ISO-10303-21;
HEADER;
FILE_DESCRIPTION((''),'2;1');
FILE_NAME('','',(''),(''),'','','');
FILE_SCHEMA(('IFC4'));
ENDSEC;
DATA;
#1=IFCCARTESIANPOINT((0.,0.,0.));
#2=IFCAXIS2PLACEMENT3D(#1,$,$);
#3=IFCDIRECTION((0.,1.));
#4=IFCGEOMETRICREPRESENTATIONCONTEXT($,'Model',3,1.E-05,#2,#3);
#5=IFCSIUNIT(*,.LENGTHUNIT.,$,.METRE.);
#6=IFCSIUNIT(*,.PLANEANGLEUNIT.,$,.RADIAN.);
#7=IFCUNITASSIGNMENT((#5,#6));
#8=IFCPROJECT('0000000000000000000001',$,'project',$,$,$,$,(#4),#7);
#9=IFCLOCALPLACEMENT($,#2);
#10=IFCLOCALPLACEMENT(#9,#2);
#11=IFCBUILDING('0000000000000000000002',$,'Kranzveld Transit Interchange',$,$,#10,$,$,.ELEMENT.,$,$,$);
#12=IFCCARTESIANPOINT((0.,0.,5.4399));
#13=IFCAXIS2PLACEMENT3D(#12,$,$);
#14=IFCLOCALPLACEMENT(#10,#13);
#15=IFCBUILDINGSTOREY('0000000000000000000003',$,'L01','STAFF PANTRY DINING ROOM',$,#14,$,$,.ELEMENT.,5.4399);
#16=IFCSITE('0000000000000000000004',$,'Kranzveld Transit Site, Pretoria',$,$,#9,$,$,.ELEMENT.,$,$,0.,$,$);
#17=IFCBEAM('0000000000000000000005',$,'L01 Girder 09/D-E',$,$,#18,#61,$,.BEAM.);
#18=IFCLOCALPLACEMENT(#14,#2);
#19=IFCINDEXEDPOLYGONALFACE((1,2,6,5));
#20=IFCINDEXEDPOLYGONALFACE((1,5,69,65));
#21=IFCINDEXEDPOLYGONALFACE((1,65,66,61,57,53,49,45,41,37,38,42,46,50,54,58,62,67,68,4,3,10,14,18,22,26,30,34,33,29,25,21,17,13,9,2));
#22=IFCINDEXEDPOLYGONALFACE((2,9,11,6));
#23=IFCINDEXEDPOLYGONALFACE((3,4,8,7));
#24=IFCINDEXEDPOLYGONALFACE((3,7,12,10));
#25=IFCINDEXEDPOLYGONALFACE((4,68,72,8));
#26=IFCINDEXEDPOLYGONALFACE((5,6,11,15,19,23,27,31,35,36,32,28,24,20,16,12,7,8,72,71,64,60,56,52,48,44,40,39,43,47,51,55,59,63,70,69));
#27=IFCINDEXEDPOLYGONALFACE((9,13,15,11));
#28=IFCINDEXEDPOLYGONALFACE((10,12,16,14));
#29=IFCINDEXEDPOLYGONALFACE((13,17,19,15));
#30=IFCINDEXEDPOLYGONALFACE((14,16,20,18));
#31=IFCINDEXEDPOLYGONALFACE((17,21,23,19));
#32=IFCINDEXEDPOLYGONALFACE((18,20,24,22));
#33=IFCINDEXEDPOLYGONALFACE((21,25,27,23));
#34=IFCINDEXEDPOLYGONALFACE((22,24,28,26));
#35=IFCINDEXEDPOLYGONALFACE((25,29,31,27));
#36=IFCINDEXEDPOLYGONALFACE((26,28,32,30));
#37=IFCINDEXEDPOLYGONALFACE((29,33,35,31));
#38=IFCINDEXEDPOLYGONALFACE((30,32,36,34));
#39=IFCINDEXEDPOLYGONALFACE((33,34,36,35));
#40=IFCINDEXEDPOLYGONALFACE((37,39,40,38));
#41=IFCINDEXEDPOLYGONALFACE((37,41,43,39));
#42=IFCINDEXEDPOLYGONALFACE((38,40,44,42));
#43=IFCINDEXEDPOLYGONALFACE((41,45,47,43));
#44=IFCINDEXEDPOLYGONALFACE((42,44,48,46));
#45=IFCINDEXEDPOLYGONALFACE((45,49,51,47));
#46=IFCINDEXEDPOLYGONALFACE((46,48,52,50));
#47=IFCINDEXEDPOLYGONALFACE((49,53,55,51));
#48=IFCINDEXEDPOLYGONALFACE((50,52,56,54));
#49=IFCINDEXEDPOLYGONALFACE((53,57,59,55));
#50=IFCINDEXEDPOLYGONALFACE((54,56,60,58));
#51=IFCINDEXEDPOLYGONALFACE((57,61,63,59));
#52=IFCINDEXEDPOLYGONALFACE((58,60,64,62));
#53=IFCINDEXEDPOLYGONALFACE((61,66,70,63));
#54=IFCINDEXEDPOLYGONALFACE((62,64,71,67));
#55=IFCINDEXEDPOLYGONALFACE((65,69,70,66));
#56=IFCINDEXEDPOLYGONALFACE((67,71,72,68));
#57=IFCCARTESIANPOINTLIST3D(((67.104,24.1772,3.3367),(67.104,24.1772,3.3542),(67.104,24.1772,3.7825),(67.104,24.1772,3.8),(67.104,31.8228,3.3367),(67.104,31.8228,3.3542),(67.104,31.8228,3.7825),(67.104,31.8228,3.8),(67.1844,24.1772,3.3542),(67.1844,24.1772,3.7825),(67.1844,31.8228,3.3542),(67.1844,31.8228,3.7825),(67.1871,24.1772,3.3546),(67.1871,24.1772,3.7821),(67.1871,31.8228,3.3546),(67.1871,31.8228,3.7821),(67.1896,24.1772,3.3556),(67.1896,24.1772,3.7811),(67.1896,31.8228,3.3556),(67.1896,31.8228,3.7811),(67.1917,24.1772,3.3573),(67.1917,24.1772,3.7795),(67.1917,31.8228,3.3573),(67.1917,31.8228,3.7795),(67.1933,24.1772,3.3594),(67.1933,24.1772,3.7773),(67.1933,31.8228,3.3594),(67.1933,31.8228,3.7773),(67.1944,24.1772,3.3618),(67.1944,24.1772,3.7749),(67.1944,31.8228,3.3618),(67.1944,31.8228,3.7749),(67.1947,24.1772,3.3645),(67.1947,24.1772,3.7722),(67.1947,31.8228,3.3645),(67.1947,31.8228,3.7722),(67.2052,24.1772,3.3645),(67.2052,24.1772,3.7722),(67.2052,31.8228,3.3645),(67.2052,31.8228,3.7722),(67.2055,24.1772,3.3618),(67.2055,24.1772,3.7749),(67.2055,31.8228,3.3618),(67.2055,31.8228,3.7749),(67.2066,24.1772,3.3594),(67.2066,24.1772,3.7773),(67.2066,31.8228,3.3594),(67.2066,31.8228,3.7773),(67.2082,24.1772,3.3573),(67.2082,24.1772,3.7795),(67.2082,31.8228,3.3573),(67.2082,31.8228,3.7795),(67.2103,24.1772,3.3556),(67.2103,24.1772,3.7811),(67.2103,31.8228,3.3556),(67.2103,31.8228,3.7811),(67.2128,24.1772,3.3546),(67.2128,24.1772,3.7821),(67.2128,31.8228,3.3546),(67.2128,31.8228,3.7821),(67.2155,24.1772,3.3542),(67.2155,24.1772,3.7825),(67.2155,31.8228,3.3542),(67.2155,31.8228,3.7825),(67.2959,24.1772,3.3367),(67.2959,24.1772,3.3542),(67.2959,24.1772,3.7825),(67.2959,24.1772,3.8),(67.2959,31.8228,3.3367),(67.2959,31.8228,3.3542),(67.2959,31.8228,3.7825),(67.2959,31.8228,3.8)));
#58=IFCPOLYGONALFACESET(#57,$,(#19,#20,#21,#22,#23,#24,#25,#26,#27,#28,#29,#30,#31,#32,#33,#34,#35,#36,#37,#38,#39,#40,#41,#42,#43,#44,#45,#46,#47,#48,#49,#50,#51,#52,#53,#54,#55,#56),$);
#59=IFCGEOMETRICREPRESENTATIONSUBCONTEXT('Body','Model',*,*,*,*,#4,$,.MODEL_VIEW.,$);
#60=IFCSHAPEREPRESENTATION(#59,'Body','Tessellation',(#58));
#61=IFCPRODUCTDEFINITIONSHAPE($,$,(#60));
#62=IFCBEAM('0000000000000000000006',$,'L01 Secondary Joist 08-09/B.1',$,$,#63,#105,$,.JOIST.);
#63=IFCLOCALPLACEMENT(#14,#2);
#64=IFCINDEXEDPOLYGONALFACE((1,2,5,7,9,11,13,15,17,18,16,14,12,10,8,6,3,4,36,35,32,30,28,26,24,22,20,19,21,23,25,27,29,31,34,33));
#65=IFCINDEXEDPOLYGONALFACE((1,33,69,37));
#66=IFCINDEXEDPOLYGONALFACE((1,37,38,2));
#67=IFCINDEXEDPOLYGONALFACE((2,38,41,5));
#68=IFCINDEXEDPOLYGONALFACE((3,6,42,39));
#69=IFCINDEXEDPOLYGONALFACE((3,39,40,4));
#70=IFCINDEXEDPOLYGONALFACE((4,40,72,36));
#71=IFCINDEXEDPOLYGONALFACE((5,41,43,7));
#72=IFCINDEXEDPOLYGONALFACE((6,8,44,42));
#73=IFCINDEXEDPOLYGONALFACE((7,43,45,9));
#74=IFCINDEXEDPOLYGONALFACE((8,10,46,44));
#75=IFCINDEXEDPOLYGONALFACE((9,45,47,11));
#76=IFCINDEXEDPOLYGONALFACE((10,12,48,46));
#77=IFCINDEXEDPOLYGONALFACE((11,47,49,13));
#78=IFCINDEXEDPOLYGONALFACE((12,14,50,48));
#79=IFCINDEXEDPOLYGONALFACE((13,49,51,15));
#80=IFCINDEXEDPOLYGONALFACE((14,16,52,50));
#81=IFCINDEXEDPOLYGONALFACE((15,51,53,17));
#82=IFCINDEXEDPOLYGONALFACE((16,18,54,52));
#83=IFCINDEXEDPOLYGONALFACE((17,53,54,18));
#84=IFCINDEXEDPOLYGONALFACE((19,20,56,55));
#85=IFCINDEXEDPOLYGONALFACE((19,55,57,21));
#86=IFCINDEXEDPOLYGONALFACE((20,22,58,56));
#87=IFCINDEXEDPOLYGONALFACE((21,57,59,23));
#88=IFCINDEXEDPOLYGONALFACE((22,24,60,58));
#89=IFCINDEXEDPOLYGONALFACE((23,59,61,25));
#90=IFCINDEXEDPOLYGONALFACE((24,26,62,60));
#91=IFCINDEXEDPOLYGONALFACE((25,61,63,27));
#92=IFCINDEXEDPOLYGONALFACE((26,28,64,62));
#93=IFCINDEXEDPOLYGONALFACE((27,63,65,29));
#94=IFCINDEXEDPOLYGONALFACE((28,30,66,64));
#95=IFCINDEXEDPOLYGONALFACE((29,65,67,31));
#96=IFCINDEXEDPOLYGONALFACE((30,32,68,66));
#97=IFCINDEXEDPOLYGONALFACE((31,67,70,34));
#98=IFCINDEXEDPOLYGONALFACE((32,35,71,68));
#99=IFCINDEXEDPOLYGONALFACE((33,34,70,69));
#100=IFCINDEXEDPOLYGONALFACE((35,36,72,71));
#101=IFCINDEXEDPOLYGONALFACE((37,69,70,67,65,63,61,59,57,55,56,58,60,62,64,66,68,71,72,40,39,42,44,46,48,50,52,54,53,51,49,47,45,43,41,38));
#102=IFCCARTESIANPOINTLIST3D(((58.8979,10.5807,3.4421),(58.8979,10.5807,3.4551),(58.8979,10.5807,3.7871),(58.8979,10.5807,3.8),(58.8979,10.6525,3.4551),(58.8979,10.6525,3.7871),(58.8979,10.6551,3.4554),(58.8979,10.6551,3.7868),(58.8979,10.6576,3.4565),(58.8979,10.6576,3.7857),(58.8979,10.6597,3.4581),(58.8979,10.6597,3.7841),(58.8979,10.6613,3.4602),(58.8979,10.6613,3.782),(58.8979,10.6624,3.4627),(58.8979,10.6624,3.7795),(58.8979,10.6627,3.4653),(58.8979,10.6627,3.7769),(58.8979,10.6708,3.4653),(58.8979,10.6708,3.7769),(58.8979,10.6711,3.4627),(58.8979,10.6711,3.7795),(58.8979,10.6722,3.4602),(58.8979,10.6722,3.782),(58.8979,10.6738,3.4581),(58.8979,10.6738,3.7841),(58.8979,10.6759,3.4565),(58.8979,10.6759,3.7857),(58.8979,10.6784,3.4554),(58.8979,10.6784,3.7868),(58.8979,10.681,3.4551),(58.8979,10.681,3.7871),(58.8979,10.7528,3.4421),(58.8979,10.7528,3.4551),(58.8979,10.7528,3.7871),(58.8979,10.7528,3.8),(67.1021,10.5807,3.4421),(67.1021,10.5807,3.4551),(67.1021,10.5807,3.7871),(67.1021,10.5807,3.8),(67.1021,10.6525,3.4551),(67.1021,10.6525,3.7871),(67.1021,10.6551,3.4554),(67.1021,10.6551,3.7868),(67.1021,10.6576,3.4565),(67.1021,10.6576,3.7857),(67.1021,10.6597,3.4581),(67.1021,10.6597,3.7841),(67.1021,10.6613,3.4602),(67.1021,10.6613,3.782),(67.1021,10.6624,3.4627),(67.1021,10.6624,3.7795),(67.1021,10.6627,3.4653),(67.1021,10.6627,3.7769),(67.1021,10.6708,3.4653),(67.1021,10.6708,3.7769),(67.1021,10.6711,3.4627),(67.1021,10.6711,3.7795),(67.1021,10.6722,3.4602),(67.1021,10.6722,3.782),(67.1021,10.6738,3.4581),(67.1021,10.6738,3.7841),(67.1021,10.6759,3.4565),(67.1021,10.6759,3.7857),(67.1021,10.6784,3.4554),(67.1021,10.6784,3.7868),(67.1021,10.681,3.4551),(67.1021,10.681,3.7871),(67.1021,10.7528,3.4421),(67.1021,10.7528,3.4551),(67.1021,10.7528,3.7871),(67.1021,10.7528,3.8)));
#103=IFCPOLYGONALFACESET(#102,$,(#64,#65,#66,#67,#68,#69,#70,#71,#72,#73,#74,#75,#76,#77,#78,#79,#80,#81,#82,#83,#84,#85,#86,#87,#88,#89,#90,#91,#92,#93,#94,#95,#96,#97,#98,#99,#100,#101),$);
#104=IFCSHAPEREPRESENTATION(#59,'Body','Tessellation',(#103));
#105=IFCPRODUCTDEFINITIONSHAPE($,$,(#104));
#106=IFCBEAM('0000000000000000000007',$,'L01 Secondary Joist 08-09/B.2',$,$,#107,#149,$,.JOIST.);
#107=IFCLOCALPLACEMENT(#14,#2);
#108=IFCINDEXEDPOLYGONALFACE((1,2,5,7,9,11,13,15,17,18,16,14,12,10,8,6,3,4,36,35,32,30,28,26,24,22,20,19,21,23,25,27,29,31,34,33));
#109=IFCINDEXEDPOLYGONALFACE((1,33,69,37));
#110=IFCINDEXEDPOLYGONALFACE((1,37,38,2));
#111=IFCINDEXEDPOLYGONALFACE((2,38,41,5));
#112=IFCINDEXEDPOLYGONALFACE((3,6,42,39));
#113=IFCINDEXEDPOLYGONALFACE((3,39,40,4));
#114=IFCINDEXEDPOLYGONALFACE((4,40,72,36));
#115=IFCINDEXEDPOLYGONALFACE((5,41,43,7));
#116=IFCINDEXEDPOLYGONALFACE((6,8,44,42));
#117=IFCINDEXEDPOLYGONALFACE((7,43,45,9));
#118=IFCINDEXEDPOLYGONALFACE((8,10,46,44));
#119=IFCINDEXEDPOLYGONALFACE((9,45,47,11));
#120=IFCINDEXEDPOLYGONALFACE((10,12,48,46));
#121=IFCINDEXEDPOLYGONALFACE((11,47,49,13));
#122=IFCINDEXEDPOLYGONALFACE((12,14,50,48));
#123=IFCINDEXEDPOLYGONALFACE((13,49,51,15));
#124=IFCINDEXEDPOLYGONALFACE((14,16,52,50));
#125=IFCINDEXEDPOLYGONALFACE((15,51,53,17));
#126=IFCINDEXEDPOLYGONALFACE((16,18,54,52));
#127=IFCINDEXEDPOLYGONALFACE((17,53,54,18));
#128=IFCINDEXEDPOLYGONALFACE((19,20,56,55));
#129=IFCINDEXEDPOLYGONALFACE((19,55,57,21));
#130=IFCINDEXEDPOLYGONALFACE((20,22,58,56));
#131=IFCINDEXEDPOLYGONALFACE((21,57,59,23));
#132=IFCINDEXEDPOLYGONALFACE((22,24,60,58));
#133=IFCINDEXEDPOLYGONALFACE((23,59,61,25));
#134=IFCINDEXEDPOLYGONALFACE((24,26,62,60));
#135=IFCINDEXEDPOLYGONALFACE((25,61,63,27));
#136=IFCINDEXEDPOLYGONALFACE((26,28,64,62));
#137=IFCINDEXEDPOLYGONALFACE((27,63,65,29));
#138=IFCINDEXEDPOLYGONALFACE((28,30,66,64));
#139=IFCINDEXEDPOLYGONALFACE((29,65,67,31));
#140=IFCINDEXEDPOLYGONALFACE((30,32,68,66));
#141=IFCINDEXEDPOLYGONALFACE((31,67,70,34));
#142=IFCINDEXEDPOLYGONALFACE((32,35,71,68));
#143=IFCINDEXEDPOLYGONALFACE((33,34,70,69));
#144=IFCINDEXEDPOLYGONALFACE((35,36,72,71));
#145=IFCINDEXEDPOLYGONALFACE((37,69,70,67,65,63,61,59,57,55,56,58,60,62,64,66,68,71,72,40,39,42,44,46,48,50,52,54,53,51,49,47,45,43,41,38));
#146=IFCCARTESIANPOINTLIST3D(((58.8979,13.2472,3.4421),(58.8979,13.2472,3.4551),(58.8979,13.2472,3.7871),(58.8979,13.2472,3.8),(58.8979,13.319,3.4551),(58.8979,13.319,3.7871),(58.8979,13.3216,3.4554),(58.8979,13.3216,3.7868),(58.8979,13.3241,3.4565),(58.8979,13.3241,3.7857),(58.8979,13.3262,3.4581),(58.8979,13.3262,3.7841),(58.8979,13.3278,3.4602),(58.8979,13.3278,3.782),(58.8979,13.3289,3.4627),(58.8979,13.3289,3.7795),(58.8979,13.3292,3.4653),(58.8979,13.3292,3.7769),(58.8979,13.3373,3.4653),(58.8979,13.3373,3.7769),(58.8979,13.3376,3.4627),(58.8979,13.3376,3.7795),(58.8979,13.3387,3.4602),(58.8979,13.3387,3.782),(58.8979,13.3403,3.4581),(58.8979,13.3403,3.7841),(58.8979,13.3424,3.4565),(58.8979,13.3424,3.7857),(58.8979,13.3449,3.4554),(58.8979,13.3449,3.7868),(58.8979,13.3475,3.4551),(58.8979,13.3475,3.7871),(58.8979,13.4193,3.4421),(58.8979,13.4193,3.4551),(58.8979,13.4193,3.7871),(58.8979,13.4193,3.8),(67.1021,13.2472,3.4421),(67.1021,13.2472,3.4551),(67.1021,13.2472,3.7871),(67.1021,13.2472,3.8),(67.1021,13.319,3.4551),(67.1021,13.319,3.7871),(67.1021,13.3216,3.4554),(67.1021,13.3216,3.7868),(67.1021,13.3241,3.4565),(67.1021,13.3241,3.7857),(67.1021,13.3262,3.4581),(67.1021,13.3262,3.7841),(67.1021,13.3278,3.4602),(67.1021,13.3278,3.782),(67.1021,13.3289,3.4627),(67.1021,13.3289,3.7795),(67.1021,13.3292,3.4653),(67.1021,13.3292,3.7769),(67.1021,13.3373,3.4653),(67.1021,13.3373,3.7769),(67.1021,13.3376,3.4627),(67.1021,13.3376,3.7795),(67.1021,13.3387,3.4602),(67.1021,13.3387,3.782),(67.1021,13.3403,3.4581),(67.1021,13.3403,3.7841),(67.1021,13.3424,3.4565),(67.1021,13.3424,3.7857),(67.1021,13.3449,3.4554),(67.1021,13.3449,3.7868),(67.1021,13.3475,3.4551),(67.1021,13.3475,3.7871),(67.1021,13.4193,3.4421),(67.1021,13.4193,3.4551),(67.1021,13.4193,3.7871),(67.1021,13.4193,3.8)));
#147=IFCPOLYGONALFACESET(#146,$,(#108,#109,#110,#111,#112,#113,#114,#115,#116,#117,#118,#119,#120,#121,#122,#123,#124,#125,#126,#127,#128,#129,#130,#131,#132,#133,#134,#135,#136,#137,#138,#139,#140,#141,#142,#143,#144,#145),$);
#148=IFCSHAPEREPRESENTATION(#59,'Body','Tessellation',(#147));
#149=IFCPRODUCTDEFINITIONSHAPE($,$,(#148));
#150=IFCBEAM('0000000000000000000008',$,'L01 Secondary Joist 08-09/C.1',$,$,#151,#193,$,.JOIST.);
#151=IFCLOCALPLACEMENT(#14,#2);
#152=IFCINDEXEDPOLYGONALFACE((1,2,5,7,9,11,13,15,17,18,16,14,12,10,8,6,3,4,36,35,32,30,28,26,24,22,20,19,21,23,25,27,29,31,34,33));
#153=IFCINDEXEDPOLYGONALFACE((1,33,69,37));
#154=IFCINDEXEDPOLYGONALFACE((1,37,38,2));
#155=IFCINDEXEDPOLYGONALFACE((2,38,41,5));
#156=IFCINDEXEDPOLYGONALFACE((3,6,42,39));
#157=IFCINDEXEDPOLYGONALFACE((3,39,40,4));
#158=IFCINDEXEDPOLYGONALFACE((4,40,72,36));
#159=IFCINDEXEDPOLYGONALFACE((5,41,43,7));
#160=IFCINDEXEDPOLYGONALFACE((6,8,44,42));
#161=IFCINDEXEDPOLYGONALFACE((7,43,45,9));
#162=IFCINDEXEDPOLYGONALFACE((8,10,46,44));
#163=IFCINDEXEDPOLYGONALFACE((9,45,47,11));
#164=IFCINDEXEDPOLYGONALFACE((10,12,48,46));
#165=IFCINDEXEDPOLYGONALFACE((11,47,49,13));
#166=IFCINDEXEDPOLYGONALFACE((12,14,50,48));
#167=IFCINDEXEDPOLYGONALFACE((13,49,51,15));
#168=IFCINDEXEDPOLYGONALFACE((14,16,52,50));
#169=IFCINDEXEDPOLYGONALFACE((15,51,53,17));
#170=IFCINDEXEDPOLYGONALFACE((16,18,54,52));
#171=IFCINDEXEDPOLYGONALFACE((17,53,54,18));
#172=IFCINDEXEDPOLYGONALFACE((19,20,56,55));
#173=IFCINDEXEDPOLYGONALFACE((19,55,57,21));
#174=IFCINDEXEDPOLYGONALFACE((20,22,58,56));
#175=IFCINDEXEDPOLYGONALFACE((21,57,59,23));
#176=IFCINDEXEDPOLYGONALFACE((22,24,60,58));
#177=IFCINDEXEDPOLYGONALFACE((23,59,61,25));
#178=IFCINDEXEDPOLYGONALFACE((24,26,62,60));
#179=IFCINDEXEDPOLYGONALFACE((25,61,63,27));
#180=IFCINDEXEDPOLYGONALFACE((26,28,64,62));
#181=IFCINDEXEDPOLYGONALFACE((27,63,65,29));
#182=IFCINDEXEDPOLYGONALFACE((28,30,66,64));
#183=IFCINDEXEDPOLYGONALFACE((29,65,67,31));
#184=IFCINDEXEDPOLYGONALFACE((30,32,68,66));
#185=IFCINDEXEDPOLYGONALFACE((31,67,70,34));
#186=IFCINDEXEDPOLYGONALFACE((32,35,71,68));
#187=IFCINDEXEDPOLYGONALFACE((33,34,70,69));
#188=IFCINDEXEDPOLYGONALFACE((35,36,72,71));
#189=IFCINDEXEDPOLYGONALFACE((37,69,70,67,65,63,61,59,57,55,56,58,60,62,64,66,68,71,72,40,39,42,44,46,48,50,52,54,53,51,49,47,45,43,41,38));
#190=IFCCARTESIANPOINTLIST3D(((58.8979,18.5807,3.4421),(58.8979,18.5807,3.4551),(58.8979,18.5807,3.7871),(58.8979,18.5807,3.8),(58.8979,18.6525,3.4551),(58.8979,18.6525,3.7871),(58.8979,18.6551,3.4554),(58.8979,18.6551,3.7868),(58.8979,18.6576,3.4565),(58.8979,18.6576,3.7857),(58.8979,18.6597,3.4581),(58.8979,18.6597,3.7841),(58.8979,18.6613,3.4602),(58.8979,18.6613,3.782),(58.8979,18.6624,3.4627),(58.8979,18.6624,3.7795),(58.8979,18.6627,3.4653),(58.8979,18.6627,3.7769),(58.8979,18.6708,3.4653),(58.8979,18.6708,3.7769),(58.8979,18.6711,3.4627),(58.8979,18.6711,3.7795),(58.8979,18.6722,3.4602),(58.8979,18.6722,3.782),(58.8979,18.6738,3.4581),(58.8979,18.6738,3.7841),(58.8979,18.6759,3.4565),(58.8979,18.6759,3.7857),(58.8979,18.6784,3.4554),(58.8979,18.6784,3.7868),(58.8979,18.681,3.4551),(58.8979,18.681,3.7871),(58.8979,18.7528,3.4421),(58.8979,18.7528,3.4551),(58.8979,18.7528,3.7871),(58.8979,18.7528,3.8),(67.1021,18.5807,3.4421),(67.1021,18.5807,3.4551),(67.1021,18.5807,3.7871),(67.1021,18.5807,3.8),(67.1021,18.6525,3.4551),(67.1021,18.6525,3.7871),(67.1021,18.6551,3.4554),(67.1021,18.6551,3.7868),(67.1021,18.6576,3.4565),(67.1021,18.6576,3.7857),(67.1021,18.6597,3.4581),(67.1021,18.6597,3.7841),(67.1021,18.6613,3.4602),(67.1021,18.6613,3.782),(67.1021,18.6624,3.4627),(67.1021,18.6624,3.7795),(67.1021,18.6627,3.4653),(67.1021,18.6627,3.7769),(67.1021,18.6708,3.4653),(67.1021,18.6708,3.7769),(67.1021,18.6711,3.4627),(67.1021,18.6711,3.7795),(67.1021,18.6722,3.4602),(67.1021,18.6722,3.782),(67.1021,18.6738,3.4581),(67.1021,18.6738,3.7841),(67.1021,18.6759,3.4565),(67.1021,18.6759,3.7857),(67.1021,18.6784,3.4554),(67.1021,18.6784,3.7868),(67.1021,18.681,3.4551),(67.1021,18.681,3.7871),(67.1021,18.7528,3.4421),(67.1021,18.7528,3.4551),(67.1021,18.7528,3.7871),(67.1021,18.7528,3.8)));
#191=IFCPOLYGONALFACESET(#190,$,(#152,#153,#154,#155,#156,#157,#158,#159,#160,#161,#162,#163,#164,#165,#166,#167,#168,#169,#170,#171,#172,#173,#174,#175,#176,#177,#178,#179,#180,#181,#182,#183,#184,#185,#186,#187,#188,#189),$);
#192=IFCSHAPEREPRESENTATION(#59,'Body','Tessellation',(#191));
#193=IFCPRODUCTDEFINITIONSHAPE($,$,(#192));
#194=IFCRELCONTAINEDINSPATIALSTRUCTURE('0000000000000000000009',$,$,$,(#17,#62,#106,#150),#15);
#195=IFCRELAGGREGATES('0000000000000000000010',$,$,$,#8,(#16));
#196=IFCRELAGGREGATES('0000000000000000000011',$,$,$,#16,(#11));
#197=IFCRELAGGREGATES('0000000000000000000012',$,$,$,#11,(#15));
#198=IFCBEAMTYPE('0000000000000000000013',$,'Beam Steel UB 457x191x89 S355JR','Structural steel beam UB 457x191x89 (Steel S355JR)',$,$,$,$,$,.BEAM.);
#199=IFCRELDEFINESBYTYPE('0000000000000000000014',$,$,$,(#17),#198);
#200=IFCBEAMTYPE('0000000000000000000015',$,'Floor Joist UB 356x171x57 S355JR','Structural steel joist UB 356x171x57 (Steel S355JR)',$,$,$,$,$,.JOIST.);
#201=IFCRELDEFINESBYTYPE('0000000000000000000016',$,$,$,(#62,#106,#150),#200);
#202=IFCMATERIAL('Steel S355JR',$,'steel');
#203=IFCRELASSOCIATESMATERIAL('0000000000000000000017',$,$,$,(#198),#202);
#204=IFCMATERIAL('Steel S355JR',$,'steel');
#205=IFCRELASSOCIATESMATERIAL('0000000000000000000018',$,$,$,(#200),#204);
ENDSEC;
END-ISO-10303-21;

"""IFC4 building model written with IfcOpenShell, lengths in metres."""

from ifc_helpers import new_model, si_unit, direction, frame, origin, origin_2d, place, context, subcontext, project, spatial, i_section, extrude, material, material_profile, profile_set, type_object, element, save


model = new_model("IFC4")

# Units and contexts
model_context = context("Model", 3, precision=1e-05, world=origin(), true_north=direction((0.0, 1.0)))
body_context = subcontext(model_context, "Body", "Model", "MODEL_VIEW")
ifc_project = project(units=[si_unit("LENGTHUNIT", "METRE"), si_unit("PLANEANGLEUNIT", "RADIAN")], contexts=[model_context])

# Site, building, storey
site_placement = place(None, origin())
site = spatial("IfcSite", under=ifc_project, at=site_placement, Name="Kranzveld Transit Site, Pretoria", CompositionType="ELEMENT", RefElevation=0.0)
building_placement = place(site_placement, origin())
building = spatial("IfcBuilding", under=site, at=building_placement, Name="Kranzveld Transit Interchange", CompositionType="ELEMENT")
storey_placement = place(building_placement, frame((0.0, 0.0, 5.4399)))
storey = spatial("IfcBuildingStorey", under=building, at=storey_placement, Name="L01", Description="STAFF PANTRY DINING ROOM", CompositionType="ELEMENT", Elevation=5.4399)

# Beams
ifc_material_1 = material(Name="Steel S355JR", Category="steel")
ifc_material_profile_1 = material_profile(ifc_material_1, i_section(OverallWidth=0.1919, OverallDepth=0.4634, WebThickness=0.0105, FlangeThickness=0.0176, FilletRadius=0.0103, at=origin_2d()), Name="UB 457x191x89")
ifc_profile_set_1 = profile_set([ifc_material_profile_1], Name="Steel S355JR")
beam_type_1 = type_object("IfcBeamType", Name="Beam Steel UB 457x191x89 S355JR", Description="Structural steel beam UB 457x191x89 (Steel S355JR)", PredefinedType="BEAM", material=ifc_profile_set_1)
beam_1_placement = place(storey_placement, frame((67.2, 24.1772, 3.5684), z_axis=(0.0, 1.0, 0.0), x_axis=(-1.0, 0.0, 0.0)))
element("IfcBeam", 1, at=beam_1_placement, inside=storey, type_object=beam_type_1, Name="L01 Girder 09/D-E", PredefinedType="BEAM", context=body_context, shape_type="SweptSolid", body=[
    extrude(i_section(OverallWidth=0.1919, OverallDepth=0.4634, WebThickness=0.0105, FlangeThickness=0.0176, FilletRadius=0.0103, at=origin_2d()), origin(), (0.0, 0.0, 1.0), 7.6455),
])
ifc_material_2 = material(Name="Steel S355JR", Category="steel")
ifc_material_profile_2 = material_profile(ifc_material_2, i_section(OverallWidth=0.1721, OverallDepth=0.3579, WebThickness=0.0081, FlangeThickness=0.0129, FilletRadius=0.0103, at=origin_2d()), Name="UB 356x171x57")
ifc_profile_set_2 = profile_set([ifc_material_profile_2], Name="Steel S355JR")
beam_type_2 = type_object("IfcBeamType", Name="Floor Joist UB 356x171x57 S355JR", Description="Structural steel joist UB 356x171x57 (Steel S355JR)", PredefinedType="JOIST", material=ifc_profile_set_2)
for number, where, z_axis, x_axis, name in (
    (2, (58.8979, 10.6667, 3.6211), (1.0, 0.0, 0.0), (0.0, 1.0, 0.0), "L01 Secondary Joist 08-09/B.1"),
    (3, (58.8979, 13.3333, 3.6211), (1.0, 0.0, 0.0), (0.0, 1.0, 0.0), "L01 Secondary Joist 08-09/B.2"),
    (4, (58.8979, 18.6667, 3.6211), (1.0, 0.0, 0.0), (0.0, 1.0, 0.0), "L01 Secondary Joist 08-09/C.1"),
):
    element("IfcBeam", number, at=place(storey_placement, frame(where, z_axis=z_axis, x_axis=x_axis)), inside=storey, type_object=beam_type_2, Name=name, PredefinedType="JOIST", context=body_context, shape_type="SweptSolid", body=[
        extrude(i_section(OverallWidth=0.1721, OverallDepth=0.3579, WebThickness=0.0081, FlangeThickness=0.0129, FilletRadius=0.0103, at=origin_2d()), origin(), (0.0, 0.0, 1.0), 8.2041),
    ])

save(model, "model.ifc")
